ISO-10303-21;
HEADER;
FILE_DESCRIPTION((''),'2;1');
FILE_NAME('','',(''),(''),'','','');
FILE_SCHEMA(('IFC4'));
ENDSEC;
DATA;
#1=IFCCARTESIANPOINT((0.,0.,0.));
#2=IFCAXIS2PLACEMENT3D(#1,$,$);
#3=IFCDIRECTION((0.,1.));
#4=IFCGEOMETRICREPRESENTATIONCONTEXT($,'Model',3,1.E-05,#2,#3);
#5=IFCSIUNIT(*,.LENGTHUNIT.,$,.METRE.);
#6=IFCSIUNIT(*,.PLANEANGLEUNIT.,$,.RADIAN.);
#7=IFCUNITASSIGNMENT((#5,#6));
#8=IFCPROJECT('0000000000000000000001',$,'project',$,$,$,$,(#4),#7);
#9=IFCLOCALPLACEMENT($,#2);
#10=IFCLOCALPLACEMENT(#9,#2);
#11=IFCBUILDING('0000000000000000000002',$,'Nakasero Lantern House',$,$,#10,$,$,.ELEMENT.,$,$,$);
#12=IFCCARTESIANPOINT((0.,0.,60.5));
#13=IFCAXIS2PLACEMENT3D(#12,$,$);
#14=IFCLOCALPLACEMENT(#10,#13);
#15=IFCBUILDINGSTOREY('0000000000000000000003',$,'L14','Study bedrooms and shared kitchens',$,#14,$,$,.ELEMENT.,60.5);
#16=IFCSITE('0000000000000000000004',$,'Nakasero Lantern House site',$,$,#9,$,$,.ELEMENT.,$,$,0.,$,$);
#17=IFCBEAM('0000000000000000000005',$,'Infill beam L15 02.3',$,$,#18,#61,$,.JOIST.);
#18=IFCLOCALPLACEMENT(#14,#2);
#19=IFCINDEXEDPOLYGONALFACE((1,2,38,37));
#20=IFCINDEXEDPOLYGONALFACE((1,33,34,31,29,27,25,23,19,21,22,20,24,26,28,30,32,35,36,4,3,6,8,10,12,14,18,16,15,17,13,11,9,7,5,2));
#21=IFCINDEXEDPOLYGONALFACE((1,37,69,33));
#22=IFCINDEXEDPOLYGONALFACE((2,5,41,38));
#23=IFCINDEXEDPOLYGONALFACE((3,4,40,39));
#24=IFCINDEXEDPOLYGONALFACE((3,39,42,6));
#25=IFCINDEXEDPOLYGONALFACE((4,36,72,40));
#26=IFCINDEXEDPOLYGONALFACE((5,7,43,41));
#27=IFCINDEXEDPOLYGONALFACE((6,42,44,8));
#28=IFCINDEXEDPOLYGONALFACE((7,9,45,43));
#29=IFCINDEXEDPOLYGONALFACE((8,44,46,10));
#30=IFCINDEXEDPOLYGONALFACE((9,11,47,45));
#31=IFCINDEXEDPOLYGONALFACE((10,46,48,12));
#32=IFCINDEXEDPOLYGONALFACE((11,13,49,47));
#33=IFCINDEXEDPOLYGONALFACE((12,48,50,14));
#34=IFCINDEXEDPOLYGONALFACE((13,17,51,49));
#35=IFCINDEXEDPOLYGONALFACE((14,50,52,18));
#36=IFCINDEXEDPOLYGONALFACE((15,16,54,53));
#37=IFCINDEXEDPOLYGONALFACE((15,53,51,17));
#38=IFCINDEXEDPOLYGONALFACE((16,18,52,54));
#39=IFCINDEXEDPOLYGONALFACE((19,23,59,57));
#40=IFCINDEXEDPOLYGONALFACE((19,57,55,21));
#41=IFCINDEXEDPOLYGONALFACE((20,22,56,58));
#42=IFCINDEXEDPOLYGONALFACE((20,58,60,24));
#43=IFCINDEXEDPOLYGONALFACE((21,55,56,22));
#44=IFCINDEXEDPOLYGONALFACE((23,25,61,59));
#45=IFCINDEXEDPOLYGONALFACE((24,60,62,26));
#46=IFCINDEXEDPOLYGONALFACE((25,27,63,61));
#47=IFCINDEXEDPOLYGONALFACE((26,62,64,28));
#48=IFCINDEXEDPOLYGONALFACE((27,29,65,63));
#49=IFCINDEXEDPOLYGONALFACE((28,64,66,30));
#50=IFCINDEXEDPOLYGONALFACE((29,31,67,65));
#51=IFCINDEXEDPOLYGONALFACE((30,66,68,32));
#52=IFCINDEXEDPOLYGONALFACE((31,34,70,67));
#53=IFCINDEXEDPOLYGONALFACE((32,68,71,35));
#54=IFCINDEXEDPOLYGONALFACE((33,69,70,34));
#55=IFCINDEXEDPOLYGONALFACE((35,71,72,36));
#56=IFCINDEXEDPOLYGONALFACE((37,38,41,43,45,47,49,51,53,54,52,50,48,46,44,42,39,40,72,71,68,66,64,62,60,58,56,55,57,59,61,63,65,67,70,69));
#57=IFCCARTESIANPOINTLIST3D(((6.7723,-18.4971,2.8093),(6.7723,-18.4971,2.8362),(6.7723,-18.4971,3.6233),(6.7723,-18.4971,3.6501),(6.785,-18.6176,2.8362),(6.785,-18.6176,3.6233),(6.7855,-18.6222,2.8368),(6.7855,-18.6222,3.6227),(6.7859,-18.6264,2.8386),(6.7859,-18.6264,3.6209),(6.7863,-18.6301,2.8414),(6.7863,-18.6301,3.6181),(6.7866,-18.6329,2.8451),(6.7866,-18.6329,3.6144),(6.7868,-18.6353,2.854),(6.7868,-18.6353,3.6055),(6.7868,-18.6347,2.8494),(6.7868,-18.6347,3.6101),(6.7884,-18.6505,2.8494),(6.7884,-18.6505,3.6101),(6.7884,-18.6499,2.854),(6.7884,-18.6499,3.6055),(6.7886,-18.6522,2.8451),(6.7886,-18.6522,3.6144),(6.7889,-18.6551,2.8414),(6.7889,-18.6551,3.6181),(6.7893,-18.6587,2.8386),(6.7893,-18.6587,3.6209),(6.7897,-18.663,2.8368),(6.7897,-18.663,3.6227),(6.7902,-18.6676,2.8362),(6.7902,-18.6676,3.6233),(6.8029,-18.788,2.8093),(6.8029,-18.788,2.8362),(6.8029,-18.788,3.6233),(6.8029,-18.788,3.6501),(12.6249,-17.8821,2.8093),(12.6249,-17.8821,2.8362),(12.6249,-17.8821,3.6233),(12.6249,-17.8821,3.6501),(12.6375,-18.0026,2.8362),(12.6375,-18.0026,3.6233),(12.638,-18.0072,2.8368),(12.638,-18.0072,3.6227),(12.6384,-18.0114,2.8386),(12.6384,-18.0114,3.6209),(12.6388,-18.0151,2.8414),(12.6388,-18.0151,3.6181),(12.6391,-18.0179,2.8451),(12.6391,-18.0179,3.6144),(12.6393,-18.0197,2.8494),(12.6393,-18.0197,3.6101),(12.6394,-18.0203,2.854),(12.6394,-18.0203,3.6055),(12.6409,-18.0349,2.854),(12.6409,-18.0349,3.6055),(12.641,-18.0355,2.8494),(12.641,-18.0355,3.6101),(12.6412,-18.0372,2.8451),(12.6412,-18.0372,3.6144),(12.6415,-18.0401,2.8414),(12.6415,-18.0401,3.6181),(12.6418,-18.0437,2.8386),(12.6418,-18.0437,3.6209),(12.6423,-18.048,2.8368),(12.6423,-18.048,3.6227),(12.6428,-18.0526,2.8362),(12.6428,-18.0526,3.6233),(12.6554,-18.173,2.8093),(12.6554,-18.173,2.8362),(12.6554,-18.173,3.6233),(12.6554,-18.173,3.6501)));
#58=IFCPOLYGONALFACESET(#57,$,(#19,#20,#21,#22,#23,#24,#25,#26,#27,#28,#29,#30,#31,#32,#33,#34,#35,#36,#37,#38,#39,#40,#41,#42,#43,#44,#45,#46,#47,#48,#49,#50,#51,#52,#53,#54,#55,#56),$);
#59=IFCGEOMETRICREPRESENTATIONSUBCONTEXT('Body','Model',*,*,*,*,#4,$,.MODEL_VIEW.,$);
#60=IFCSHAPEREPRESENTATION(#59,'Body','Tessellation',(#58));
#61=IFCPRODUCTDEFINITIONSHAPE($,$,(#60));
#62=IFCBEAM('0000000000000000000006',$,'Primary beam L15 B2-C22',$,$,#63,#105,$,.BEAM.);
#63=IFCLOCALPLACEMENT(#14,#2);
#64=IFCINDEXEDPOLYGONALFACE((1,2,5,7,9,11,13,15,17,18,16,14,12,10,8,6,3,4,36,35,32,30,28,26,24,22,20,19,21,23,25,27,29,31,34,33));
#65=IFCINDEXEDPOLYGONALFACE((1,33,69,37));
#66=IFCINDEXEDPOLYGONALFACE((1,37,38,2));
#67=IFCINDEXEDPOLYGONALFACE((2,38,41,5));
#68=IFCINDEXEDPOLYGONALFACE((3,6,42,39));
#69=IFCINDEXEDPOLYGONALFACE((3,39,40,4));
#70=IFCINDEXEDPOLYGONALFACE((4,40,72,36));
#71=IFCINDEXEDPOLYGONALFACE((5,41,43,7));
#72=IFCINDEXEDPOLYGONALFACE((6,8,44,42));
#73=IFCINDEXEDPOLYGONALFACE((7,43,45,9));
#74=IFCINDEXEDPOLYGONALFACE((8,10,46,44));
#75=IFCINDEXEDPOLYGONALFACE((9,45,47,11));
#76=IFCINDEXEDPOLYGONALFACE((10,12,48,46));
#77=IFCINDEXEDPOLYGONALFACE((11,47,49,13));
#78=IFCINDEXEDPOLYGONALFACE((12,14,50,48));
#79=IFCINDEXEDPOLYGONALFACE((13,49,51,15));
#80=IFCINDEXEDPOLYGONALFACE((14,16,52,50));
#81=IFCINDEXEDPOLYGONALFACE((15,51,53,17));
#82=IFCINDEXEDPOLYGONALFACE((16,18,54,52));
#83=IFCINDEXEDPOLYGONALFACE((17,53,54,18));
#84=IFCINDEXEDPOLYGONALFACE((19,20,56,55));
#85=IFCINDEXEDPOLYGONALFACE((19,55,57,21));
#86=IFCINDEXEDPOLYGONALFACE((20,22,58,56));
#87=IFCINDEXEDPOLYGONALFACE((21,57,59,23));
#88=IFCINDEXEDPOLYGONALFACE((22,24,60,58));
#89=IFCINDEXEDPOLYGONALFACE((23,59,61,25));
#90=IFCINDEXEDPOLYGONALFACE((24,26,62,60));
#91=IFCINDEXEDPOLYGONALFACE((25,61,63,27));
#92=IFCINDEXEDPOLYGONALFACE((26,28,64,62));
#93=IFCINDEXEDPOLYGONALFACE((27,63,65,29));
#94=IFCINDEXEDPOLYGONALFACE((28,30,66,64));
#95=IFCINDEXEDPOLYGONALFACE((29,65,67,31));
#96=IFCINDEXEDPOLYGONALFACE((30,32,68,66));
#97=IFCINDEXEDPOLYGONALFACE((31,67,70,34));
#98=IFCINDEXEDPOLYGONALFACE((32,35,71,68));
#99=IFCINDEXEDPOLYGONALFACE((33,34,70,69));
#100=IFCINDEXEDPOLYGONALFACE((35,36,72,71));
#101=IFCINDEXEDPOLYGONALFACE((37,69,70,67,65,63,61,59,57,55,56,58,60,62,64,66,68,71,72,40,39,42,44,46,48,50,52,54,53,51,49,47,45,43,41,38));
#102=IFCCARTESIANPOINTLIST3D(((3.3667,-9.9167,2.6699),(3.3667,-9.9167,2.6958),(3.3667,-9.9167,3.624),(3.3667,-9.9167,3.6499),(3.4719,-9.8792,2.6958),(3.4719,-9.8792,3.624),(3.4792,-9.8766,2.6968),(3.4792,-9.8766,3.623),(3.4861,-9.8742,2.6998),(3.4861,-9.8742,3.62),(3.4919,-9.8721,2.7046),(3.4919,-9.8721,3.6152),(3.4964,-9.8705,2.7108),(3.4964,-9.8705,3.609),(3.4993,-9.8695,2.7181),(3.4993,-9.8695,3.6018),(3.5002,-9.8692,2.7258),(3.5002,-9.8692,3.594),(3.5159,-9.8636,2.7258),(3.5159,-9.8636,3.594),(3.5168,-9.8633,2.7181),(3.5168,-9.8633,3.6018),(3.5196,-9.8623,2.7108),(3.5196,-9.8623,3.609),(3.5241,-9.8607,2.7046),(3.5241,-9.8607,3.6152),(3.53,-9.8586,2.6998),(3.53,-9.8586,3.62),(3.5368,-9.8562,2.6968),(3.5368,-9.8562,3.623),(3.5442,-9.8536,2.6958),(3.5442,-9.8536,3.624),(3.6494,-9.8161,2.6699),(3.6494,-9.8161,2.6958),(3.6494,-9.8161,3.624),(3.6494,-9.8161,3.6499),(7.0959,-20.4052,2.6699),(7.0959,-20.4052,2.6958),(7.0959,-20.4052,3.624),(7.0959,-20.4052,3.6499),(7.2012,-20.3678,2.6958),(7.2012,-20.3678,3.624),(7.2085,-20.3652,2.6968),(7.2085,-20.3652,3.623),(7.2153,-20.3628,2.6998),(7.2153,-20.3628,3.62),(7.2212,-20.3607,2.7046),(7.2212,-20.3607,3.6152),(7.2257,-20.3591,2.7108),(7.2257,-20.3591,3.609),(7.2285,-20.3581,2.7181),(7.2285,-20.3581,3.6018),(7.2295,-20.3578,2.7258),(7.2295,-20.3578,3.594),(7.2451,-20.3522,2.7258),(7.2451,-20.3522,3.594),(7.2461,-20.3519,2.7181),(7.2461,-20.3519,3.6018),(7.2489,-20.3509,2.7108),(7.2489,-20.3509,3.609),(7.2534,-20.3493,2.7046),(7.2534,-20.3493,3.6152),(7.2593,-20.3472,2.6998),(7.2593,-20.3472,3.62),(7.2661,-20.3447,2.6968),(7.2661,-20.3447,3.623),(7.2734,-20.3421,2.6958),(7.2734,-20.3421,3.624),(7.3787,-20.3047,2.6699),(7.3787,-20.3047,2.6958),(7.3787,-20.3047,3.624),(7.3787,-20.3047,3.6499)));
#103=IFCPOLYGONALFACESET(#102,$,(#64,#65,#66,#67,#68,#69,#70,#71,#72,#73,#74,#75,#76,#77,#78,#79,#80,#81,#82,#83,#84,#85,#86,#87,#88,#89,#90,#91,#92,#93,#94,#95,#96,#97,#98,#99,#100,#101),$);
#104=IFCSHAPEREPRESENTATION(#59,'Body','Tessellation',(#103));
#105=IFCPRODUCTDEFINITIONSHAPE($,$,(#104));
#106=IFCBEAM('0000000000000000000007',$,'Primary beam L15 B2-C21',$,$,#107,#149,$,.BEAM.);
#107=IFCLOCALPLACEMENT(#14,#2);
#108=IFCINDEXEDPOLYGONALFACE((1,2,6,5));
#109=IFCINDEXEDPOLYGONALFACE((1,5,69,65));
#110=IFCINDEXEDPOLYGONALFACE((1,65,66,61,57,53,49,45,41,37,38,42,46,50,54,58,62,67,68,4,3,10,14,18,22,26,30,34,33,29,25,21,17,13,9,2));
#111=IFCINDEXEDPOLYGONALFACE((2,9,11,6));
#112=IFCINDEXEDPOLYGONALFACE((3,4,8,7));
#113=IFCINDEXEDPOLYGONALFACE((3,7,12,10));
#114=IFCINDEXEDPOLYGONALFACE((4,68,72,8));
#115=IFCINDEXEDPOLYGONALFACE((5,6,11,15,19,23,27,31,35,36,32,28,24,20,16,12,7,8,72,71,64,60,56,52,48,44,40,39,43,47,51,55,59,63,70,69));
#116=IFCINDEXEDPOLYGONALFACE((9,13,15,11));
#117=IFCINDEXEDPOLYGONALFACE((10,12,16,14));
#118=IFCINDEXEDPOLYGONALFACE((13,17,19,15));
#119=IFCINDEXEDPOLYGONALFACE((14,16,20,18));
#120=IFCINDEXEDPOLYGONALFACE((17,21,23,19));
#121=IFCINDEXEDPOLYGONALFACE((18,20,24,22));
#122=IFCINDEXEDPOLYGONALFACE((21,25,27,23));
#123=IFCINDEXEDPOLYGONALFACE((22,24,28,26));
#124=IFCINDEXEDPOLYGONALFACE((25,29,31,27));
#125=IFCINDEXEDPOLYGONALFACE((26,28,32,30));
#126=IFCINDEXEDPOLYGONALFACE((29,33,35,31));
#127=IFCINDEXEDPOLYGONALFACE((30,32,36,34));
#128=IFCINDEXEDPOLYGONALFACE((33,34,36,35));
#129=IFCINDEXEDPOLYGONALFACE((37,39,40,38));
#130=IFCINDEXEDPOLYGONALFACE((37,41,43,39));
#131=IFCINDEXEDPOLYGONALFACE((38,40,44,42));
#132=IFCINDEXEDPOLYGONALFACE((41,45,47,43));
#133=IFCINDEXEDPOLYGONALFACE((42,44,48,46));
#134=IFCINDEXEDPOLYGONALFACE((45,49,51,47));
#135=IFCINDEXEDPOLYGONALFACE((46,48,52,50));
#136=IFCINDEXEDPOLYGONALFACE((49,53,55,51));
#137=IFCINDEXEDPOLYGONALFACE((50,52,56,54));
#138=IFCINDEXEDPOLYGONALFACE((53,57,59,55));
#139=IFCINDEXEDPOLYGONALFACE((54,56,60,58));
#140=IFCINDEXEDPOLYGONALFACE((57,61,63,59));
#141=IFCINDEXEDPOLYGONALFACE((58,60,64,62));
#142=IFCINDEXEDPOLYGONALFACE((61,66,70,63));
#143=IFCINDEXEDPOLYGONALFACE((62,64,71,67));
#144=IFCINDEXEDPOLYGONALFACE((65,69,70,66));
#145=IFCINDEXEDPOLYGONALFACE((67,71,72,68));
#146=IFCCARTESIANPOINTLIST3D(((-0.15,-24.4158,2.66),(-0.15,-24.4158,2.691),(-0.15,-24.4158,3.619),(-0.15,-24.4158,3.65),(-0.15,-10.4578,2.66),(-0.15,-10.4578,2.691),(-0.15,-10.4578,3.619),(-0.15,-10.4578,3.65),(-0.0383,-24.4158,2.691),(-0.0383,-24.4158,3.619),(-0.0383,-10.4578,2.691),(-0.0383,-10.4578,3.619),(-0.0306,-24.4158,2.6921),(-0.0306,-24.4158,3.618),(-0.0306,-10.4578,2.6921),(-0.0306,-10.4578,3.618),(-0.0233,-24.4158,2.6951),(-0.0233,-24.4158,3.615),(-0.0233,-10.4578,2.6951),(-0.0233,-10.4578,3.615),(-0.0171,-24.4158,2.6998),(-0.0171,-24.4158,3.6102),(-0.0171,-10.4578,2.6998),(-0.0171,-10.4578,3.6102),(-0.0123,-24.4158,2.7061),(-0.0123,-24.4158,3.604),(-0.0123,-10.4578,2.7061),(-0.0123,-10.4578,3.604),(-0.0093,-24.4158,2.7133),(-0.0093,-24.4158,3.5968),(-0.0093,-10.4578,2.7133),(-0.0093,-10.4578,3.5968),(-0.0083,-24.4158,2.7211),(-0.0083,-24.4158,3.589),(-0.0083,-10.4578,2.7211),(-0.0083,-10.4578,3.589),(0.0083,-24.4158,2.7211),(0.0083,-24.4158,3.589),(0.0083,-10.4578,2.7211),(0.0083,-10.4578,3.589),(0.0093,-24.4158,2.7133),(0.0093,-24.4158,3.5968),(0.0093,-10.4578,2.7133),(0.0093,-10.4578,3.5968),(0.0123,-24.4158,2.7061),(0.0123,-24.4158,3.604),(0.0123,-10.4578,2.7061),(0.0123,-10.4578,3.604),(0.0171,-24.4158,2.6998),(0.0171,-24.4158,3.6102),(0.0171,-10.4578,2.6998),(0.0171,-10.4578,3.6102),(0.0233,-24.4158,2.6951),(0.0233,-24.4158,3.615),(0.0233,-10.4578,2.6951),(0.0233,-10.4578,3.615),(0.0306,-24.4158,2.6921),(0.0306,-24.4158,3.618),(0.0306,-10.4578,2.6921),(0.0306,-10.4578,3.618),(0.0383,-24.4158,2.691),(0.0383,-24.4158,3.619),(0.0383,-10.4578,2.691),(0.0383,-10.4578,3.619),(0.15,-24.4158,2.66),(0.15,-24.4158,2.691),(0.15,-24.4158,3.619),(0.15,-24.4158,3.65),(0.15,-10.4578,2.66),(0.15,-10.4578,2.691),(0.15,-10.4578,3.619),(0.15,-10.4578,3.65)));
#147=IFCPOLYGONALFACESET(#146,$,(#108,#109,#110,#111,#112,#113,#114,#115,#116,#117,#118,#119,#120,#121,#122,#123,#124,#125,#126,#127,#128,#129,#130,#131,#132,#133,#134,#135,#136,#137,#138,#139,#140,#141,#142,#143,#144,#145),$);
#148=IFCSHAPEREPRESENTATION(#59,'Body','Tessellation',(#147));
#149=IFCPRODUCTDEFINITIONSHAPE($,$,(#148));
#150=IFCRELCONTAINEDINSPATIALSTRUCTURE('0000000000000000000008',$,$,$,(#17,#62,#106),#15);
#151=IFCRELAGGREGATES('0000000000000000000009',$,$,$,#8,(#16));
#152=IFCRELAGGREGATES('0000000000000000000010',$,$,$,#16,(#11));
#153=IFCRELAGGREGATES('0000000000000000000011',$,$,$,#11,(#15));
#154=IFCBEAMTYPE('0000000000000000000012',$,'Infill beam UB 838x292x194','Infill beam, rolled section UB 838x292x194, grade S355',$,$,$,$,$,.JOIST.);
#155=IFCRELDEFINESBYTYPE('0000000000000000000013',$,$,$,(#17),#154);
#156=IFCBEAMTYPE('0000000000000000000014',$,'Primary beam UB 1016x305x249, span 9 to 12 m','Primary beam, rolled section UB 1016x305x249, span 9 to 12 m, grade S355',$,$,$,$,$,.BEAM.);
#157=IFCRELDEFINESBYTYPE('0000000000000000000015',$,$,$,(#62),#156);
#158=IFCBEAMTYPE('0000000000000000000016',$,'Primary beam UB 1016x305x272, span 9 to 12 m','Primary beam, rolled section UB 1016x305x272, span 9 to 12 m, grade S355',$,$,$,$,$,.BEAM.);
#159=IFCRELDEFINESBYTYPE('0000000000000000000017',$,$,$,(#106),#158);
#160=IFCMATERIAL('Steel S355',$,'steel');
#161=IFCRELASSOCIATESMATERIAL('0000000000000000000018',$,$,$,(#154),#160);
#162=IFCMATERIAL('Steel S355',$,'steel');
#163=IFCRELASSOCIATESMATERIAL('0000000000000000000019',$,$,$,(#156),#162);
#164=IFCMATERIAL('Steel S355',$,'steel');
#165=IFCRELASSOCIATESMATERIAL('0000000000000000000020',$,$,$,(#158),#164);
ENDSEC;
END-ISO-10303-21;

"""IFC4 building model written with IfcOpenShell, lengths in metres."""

from ifc_helpers import new_model, si_unit, direction, frame, origin, origin_2d, place, context, subcontext, project, spatial, i_section, extrude, material, material_profile, profile_set, type_object, element, save


model = new_model("IFC4")

# Units and contexts
model_context = context("Model", 3, precision=1e-05, world=origin(), true_north=direction((0.0, 1.0)))
body_context = subcontext(model_context, "Body", "Model", "MODEL_VIEW")
ifc_project = project(units=[si_unit("LENGTHUNIT", "METRE"), si_unit("PLANEANGLEUNIT", "RADIAN")], contexts=[model_context])

# Site, building, storey
site_placement = place(None, origin())
site = spatial("IfcSite", under=ifc_project, at=site_placement, Name="Nakasero Lantern House site", CompositionType="ELEMENT", RefElevation=0.0)
building_placement = place(site_placement, origin())
building = spatial("IfcBuilding", under=site, at=building_placement, Name="Nakasero Lantern House", CompositionType="ELEMENT")
storey_placement = place(building_placement, frame((0.0, 0.0, 60.5)))
storey = spatial("IfcBuildingStorey", under=building, at=storey_placement, Name="L14", Description="Study bedrooms and shared kitchens", CompositionType="ELEMENT", Elevation=60.5)

# Beams
ifc_material_1 = material(Name="Steel S355", Category="steel")
ifc_material_profile_1 = material_profile(ifc_material_1, i_section(OverallWidth=0.2925, OverallDepth=0.8408, WebThickness=0.0146, FlangeThickness=0.0269, FilletRadius=0.0178, at=origin_2d()), Name="UB 838x292x194")
ifc_profile_set_1 = profile_set([ifc_material_profile_1], Name="Steel S355")
beam_type_1 = type_object("IfcBeamType", Name="Infill beam UB 838x292x194", Description="Infill beam, rolled section UB 838x292x194, grade S355", PredefinedType="JOIST", material=ifc_profile_set_1)
beam_1_placement = place(storey_placement, frame((6.7876, -18.6426, 3.2297), z_axis=(0.994524, 0.104506, 0.0), x_axis=(-0.104506, 0.994524, 0.0)))
element("IfcBeam", 1, at=beam_1_placement, inside=storey, type_object=beam_type_1, Name="Infill beam L15 02.3", PredefinedType="JOIST", context=body_context, shape_type="SweptSolid", body=[
    extrude(i_section(OverallWidth=0.2925, OverallDepth=0.8408, WebThickness=0.0146, FlangeThickness=0.0269, FilletRadius=0.0178, at=origin_2d()), origin(), (0.0, 0.0, 1.0), 5.8848),
])
ifc_material_2 = material(Name="Steel S355", Category="steel")
ifc_material_profile_2 = material_profile(ifc_material_2, i_section(OverallWidth=0.3, OverallDepth=0.98, WebThickness=0.0166, FlangeThickness=0.0259, FilletRadius=0.03, at=origin_2d()), Name="UB 1016x305x249")
ifc_profile_set_2 = profile_set([ifc_material_profile_2], Name="Steel S355")
beam_type_2 = type_object("IfcBeamType", Name="Primary beam UB 1016x305x249, span 9 to 12 m", Description="Primary beam, rolled section UB 1016x305x249, span 9 to 12 m, grade S355", PredefinedType="BEAM", material=ifc_profile_set_2)
beam_2_placement = place(storey_placement, frame((7.2373, -20.355, 3.1599), z_axis=(-0.335009, 0.942215, 0.0), x_axis=(-0.942215, -0.335009, 0.0)))
element("IfcBeam", 2, at=beam_2_placement, inside=storey, type_object=beam_type_2, Name="Primary beam L15 B2-C22", PredefinedType="BEAM", context=body_context, shape_type="SweptSolid", body=[
    extrude(i_section(OverallWidth=0.3, OverallDepth=0.98, WebThickness=0.0166, FlangeThickness=0.0259, FilletRadius=0.03, at=origin_2d()), origin(), (0.0, 0.0, 1.0), 11.1318),
])
ifc_material_3 = material(Name="Steel S355", Category="steel")
ifc_material_profile_3 = material_profile(ifc_material_3, i_section(OverallWidth=0.3, OverallDepth=0.99, WebThickness=0.0166, FlangeThickness=0.031, FilletRadius=0.03, at=origin_2d()), Name="UB 1016x305x272")
ifc_profile_set_3 = profile_set([ifc_material_profile_3], Name="Steel S355")
beam_type_3 = type_object("IfcBeamType", Name="Primary beam UB 1016x305x272, span 9 to 12 m", Description="Primary beam, rolled section UB 1016x305x272, span 9 to 12 m, grade S355", PredefinedType="BEAM", material=ifc_profile_set_3)
beam_3_placement = place(storey_placement, frame((0.0, -24.4158, 3.155), z_axis=(0.0, 1.0, 0.0), x_axis=(-1.0, 0.0, 0.0)))
element("IfcBeam", 3, at=beam_3_placement, inside=storey, type_object=beam_type_3, Name="Primary beam L15 B2-C21", PredefinedType="BEAM", context=body_context, shape_type="SweptSolid", body=[
    extrude(i_section(OverallWidth=0.3, OverallDepth=0.99, WebThickness=0.0166, FlangeThickness=0.031, FilletRadius=0.03, at=origin_2d()), origin(), (0.0, 0.0, 1.0), 13.958),
])

save(model, "model.ifc")
